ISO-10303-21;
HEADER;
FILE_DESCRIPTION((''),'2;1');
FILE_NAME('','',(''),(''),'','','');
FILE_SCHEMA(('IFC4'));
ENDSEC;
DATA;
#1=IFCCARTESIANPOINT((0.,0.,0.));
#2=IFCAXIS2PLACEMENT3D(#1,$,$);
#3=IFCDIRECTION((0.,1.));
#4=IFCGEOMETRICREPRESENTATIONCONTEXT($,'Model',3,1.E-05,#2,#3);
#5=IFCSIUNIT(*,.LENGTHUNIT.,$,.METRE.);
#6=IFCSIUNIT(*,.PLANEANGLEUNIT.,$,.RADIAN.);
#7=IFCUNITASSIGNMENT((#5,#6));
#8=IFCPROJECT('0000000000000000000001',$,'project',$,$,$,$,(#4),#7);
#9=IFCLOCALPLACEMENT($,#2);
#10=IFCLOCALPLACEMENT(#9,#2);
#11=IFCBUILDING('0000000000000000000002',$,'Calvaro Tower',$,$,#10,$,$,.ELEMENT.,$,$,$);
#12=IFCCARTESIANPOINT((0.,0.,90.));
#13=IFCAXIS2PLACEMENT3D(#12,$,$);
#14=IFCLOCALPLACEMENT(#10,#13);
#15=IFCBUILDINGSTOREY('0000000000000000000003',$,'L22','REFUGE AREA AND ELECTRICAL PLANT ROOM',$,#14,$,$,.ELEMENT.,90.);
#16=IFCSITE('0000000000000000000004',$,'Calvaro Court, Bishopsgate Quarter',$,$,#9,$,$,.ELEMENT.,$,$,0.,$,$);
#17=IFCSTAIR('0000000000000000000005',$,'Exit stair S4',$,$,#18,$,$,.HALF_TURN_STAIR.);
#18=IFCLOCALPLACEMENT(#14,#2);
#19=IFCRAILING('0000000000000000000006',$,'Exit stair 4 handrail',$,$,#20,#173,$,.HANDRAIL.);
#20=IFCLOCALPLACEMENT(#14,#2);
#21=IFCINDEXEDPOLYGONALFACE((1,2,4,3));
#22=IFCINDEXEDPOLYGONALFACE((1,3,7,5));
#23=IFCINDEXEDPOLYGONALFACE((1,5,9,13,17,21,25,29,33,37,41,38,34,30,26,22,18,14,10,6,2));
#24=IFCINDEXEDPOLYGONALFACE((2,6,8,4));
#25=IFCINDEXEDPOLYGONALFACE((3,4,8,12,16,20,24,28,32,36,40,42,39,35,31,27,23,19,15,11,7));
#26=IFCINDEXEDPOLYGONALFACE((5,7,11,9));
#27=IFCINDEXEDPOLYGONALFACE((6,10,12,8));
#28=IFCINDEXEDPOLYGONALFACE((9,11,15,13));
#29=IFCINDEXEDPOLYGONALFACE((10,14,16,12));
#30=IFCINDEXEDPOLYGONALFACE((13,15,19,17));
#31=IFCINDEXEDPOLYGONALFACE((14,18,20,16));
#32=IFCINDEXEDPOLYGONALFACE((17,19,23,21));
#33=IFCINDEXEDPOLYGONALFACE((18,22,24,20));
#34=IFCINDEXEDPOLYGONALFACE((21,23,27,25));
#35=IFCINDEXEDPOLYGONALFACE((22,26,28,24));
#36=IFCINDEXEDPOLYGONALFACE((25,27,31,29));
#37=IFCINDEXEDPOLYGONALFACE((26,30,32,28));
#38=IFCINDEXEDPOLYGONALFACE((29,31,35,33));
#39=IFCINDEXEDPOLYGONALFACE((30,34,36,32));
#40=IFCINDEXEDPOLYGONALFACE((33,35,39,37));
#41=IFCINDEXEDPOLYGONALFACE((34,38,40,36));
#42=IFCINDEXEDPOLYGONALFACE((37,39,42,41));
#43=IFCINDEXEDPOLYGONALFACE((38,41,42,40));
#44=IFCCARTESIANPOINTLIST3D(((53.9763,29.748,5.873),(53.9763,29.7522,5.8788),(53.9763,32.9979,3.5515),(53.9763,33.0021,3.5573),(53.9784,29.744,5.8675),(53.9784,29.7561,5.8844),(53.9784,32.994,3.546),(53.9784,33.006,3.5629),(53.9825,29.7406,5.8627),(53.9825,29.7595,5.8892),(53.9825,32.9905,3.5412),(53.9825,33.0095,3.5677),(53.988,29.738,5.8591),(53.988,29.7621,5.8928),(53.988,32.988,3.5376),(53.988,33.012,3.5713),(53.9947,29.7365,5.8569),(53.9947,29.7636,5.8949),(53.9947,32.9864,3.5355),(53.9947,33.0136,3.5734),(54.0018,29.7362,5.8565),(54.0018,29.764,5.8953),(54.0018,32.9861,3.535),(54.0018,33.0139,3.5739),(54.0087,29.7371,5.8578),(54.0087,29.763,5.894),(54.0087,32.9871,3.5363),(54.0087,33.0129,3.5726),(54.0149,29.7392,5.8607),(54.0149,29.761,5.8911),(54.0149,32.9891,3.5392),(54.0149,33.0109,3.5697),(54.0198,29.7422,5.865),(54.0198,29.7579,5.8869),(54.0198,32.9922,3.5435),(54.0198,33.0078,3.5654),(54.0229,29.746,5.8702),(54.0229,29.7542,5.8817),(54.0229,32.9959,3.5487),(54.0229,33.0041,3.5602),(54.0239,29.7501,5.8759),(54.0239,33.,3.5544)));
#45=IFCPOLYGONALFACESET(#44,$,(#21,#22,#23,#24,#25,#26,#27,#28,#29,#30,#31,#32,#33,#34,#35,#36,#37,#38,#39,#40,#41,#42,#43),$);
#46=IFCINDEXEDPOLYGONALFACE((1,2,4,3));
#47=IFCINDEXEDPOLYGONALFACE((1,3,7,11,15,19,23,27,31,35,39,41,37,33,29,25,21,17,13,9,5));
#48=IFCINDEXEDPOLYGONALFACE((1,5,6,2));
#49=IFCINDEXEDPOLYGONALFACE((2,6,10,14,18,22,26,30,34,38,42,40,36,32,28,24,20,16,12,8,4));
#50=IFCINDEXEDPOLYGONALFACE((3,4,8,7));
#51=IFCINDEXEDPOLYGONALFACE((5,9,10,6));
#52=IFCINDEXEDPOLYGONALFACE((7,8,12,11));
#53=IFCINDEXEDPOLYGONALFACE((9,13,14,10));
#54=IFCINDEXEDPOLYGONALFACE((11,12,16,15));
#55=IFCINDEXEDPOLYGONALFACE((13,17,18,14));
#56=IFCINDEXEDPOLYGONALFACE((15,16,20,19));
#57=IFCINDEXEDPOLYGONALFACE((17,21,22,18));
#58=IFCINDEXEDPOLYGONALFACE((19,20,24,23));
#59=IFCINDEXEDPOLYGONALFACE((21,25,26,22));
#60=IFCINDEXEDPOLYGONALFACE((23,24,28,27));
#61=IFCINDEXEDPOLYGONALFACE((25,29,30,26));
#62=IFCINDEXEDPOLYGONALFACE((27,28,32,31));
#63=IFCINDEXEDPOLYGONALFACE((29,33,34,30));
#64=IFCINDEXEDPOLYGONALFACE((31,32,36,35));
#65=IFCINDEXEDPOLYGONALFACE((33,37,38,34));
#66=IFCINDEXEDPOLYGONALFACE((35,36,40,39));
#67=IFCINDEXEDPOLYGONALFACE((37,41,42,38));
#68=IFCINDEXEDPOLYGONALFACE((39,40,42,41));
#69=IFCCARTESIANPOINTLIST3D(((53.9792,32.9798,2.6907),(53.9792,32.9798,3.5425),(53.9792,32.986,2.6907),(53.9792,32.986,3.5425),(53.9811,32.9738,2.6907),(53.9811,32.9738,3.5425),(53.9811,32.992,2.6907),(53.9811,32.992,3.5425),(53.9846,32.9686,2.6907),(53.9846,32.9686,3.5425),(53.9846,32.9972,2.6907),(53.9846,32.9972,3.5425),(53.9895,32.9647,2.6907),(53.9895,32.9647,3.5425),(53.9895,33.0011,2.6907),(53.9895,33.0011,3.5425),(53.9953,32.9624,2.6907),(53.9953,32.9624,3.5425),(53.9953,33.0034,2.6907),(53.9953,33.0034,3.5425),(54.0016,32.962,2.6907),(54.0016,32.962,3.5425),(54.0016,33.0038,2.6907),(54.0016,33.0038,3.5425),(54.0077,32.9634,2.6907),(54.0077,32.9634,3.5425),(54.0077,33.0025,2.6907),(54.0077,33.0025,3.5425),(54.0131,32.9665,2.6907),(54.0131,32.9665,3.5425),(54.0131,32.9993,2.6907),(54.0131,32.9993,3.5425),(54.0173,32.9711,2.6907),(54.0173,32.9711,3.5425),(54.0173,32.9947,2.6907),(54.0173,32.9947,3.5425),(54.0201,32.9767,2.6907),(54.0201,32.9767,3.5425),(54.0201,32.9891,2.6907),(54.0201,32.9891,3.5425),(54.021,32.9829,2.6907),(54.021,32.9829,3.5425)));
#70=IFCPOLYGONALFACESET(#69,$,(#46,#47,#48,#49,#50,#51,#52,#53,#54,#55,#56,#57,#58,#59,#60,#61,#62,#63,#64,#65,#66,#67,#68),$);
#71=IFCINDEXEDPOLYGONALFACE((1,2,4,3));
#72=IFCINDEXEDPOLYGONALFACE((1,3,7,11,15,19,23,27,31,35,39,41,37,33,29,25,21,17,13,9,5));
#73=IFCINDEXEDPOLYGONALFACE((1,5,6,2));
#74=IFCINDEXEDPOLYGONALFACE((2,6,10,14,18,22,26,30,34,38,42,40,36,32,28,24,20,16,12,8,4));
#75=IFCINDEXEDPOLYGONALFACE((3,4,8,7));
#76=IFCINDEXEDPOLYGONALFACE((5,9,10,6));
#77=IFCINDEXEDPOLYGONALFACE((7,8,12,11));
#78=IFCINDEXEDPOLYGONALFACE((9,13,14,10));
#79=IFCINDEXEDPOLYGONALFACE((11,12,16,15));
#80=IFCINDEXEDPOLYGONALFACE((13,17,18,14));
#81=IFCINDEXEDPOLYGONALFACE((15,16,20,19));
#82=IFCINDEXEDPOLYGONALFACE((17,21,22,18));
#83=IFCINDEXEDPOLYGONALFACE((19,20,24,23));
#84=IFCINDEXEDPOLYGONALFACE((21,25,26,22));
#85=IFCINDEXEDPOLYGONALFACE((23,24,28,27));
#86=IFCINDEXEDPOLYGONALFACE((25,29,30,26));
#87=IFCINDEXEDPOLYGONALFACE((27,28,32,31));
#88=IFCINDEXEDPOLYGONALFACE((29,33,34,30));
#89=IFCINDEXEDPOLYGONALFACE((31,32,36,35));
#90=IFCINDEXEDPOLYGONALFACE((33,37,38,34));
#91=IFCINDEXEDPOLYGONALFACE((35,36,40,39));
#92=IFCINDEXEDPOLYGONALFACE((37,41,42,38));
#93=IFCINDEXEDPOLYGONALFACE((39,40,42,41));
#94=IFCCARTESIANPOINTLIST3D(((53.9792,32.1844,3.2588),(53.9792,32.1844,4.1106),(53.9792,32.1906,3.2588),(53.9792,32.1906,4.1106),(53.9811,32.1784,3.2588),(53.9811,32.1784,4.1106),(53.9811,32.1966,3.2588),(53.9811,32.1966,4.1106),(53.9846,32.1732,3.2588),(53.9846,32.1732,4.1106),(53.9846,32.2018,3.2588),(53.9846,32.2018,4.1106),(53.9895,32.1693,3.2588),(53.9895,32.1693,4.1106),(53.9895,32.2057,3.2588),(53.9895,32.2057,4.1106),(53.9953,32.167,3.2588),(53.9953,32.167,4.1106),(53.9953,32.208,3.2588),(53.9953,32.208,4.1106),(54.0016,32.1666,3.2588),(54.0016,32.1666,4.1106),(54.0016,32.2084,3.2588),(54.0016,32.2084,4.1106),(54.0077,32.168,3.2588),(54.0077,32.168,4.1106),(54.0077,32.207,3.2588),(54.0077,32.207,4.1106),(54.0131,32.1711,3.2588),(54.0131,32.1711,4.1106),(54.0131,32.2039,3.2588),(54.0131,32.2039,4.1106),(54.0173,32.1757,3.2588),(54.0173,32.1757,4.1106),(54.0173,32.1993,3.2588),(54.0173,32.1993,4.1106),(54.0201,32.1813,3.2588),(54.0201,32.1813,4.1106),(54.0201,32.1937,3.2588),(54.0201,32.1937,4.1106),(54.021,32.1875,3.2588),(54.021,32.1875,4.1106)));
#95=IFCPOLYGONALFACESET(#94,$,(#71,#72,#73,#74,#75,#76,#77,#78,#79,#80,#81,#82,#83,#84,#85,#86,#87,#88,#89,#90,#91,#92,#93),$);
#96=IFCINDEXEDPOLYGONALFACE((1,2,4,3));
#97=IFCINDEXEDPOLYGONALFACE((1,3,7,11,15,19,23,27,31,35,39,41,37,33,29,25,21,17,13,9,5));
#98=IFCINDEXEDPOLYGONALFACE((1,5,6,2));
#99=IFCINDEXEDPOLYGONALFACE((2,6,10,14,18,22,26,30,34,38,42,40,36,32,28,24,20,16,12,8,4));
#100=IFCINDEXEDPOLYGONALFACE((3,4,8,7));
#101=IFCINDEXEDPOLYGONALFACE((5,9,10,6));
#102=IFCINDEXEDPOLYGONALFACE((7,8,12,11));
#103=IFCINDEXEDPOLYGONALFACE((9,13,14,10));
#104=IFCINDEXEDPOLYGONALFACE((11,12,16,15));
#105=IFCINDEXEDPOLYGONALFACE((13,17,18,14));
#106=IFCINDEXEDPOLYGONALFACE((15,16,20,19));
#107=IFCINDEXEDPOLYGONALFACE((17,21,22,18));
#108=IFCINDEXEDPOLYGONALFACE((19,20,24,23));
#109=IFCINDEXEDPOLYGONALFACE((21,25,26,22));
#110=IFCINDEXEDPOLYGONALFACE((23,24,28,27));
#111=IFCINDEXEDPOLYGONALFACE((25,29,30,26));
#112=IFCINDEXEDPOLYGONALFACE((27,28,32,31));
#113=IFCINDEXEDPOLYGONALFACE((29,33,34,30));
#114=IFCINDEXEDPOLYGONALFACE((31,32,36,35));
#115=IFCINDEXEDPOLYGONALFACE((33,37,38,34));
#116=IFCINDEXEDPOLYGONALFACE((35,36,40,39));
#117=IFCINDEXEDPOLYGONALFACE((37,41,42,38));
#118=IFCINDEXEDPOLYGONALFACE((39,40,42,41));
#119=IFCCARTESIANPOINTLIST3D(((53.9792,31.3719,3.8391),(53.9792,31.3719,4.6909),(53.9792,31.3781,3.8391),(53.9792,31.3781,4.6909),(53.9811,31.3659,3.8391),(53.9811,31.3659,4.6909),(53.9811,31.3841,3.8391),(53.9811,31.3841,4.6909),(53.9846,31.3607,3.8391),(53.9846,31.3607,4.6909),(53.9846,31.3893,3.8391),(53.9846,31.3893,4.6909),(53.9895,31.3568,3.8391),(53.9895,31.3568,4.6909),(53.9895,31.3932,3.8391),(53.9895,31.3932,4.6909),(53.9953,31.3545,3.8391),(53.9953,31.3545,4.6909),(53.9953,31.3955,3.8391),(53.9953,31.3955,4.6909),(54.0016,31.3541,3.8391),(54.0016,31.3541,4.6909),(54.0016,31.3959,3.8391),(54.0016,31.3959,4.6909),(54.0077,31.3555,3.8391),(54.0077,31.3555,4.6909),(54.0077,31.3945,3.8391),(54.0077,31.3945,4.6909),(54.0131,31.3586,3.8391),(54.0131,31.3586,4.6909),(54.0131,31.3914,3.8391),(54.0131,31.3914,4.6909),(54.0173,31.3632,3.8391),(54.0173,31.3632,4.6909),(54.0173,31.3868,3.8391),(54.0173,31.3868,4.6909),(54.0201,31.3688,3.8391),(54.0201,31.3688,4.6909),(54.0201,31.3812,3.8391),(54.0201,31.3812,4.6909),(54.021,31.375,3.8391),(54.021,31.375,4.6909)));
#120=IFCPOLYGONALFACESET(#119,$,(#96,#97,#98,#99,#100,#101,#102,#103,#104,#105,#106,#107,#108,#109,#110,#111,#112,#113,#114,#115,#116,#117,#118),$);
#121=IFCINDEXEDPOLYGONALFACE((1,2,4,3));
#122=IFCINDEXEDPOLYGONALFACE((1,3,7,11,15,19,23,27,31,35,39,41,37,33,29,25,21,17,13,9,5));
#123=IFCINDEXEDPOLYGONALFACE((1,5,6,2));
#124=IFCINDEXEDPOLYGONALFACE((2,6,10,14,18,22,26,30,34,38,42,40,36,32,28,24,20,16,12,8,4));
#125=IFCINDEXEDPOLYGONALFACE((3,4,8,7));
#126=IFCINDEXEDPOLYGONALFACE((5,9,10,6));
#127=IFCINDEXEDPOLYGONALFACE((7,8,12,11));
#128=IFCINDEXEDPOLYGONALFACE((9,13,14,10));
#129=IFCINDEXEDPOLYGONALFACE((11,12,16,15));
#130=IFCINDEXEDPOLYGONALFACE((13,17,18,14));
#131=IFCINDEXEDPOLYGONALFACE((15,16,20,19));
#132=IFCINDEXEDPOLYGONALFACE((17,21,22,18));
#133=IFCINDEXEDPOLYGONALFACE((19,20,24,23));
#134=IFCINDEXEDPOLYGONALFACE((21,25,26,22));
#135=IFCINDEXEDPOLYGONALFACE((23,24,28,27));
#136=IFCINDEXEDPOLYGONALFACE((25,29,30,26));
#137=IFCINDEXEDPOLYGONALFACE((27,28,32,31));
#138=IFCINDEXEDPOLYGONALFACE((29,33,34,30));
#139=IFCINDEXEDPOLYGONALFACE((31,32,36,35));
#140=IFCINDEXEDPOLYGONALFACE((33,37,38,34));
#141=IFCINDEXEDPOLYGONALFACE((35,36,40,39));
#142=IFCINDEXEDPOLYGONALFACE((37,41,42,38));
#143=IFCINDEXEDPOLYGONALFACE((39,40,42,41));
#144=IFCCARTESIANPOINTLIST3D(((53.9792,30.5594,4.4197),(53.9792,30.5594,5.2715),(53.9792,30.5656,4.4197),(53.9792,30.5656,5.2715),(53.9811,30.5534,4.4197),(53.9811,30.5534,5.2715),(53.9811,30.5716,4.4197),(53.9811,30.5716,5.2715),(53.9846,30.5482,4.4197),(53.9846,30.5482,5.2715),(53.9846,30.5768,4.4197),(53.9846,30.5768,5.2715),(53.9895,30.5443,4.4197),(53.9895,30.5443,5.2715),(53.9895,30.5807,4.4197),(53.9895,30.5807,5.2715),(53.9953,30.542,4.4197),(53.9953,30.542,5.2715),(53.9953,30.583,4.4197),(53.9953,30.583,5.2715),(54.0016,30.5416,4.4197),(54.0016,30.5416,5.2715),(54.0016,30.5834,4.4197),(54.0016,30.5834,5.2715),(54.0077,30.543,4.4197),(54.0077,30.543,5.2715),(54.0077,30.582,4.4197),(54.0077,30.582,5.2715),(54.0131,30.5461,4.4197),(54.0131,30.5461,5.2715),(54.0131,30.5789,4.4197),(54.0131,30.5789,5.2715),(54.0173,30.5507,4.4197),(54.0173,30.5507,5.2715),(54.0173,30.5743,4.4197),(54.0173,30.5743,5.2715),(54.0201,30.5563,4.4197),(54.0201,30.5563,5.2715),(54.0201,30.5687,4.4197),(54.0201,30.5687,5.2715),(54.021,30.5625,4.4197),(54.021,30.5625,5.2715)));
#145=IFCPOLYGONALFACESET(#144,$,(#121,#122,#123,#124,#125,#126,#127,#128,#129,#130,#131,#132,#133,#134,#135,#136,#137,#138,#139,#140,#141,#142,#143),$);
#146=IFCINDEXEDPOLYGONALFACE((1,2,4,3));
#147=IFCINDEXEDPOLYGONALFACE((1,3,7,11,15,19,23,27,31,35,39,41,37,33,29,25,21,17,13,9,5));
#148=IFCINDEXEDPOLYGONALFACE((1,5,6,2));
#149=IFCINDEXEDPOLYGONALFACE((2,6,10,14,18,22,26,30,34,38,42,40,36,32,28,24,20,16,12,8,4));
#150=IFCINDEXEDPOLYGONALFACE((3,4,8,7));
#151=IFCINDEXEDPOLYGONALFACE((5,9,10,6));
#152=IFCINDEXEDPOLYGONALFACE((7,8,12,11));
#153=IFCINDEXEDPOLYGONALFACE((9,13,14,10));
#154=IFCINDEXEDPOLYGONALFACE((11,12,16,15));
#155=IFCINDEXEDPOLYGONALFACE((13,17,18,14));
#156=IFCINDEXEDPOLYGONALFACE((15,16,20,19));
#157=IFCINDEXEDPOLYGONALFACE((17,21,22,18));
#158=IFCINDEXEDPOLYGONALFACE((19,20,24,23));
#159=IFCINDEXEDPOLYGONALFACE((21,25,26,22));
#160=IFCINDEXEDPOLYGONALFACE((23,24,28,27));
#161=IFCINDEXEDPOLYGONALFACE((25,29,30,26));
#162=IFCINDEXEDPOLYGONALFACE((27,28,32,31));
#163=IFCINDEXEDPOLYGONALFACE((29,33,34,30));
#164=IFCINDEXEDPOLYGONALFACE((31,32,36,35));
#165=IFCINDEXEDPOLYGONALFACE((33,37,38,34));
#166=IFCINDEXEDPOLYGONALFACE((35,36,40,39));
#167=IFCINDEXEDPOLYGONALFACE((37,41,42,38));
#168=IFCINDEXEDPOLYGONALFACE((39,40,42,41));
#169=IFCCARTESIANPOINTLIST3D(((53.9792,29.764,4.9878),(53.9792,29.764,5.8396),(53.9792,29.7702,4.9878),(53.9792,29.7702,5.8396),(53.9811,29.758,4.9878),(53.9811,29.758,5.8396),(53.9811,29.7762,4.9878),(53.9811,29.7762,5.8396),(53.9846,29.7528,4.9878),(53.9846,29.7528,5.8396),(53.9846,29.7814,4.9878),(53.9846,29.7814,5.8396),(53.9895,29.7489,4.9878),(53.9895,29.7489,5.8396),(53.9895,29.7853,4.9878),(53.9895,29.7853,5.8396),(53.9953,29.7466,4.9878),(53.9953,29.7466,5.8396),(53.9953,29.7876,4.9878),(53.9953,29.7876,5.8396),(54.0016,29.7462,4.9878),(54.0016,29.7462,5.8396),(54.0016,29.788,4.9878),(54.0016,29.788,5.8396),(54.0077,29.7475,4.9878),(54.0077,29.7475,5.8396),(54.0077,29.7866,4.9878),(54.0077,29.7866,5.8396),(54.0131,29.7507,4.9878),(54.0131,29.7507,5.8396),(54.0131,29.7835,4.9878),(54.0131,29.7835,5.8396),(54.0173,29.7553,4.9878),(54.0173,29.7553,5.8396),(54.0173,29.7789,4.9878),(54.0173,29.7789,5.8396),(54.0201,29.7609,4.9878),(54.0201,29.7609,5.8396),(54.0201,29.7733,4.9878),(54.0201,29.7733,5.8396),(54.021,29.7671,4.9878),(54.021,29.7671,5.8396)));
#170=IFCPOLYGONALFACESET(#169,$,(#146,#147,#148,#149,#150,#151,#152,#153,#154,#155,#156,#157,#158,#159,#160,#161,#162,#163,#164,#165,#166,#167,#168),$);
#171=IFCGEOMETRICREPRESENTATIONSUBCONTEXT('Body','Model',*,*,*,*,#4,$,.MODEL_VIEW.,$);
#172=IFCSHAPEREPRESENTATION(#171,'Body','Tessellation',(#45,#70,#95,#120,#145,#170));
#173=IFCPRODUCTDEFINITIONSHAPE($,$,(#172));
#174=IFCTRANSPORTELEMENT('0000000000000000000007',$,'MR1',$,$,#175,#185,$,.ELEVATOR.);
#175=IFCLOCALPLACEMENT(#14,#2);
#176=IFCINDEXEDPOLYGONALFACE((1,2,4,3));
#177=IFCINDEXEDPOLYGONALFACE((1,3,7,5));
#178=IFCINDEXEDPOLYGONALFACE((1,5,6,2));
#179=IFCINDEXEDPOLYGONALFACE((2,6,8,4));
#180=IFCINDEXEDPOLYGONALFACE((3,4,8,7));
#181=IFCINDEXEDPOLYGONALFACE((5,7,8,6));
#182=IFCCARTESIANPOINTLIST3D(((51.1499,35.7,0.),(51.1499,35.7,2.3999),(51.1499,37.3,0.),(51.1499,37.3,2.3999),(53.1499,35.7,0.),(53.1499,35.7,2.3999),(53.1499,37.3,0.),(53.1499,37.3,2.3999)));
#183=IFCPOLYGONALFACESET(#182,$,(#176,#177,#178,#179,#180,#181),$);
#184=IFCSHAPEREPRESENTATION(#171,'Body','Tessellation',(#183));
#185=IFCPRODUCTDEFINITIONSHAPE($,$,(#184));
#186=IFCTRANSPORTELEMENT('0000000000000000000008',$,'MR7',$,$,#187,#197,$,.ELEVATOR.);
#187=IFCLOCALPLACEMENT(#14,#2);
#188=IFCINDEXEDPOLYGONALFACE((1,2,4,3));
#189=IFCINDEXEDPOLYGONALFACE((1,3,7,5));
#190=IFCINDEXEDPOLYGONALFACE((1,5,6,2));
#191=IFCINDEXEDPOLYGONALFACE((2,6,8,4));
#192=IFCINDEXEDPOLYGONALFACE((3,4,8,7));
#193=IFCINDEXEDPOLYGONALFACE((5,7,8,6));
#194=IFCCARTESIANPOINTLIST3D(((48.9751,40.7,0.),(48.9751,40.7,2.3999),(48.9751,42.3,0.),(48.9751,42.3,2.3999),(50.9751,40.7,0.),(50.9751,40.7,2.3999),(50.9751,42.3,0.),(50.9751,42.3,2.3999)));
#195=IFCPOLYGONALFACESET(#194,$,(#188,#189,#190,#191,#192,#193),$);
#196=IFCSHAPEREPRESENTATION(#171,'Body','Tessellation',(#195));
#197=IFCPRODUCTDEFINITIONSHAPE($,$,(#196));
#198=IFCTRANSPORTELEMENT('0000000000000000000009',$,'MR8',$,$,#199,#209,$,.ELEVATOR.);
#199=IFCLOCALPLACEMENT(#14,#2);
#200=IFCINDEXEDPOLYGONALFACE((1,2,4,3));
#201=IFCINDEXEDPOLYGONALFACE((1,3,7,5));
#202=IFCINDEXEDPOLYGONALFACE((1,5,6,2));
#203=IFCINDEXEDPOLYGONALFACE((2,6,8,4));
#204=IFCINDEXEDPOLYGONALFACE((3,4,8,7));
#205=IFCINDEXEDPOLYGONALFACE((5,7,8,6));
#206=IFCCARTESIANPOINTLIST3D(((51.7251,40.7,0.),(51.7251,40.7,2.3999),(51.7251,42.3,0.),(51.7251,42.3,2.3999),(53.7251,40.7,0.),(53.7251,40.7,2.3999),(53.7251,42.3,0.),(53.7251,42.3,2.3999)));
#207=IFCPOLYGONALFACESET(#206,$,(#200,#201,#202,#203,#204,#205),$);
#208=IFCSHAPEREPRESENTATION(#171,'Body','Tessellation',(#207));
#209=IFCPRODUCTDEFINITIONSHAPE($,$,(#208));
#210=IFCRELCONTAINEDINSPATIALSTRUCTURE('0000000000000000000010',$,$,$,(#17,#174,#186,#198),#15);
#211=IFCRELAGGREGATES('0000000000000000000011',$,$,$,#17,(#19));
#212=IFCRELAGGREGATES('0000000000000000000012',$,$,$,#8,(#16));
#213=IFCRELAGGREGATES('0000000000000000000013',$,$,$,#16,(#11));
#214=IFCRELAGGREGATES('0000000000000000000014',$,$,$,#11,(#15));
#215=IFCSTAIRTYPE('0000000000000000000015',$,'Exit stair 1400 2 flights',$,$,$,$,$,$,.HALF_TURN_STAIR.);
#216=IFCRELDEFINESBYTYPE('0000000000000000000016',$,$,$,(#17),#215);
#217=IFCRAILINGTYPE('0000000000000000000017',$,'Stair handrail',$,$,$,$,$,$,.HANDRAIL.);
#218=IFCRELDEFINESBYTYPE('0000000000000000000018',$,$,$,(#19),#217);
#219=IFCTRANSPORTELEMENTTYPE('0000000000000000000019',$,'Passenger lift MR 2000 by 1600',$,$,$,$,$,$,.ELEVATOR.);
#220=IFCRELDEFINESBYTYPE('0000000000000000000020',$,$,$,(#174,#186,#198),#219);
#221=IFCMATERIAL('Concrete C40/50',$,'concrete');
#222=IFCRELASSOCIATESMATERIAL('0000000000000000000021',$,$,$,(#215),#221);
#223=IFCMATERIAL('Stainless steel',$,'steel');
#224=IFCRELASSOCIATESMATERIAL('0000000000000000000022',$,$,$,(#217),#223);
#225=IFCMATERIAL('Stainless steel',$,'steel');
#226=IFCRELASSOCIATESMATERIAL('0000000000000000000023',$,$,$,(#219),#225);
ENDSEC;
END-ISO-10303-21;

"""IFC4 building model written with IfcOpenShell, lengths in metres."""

from ifc_helpers import new_model, si_unit, direction, frame, origin, origin_2d, place, context, subcontext, project, spatial, rectangle, circle, extrude, material, type_object, element, aggregate, save


model = new_model("IFC4")

# Units and contexts
model_context = context("Model", 3, precision=1e-05, world=origin(), true_north=direction((0.0, 1.0)))
body_context = subcontext(model_context, "Body", "Model", "MODEL_VIEW")
ifc_project = project(units=[si_unit("LENGTHUNIT", "METRE"), si_unit("PLANEANGLEUNIT", "RADIAN")], contexts=[model_context])

# Site, building, storey
site_placement = place(None, origin())
site = spatial("IfcSite", under=ifc_project, at=site_placement, Name="Calvaro Court, Bishopsgate Quarter", CompositionType="ELEMENT", RefElevation=0.0)
building_placement = place(site_placement, origin())
building = spatial("IfcBuilding", under=site, at=building_placement, Name="Calvaro Tower", CompositionType="ELEMENT")
storey_placement = place(building_placement, frame((0.0, 0.0, 90.0)))
storey = spatial("IfcBuildingStorey", under=building, at=storey_placement, Name="L22", Description="REFUGE AREA AND ELECTRICAL PLANT ROOM", CompositionType="ELEMENT", Elevation=90.0)

# Stair
ifc_material_1 = material(Name="Concrete C40/50", Category="concrete")
stair_type = type_object("IfcStairType", Name="Exit stair 1400 2 flights", PredefinedType="HALF_TURN_STAIR", material=ifc_material_1)
stair_1_placement = place(storey_placement, origin())
stair_1 = element("IfcStair", 1, at=stair_1_placement, inside=storey, type_object=stair_type, Name="Exit stair S4", PredefinedType="HALF_TURN_STAIR")

# Shared definitions
ifc_material_2 = material(Name="Stainless steel", Category="steel")
railing_type = type_object("IfcRailingType", Name="Stair handrail", PredefinedType="HANDRAIL", material=ifc_material_2)

# Railing
railing_1_placement = place(storey_placement, frame((54.0, 33.0, 2.6785)))
railing_1 = element("IfcRailing", 2, at=railing_1_placement, type_object=railing_type, Name="Exit stair 4 handrail", PredefinedType="HANDRAIL", context=body_context, shape_type="SweptSolid", body=[
    extrude(circle(Radius=0.0239, at=origin_2d()), frame((0.0, 0.0, 0.876), z_axis=(0.0, -0.813721, 0.581256), x_axis=(1.0, 0.0, 0.0)), (0.0, 0.0, 1.0), 3.9939),
    extrude(circle(Radius=0.021, at=origin_2d()), frame((0.0, -0.0171, 0.0122)), (0.0, 0.0, 1.0), 0.8518),
    extrude(circle(Radius=0.021, at=origin_2d()), frame((0.0, -0.8125, 0.5803)), (0.0, 0.0, 1.0), 0.8518),
    extrude(circle(Radius=0.021, at=origin_2d()), frame((0.0, -1.625, 1.1606)), (0.0, 0.0, 1.0), 0.8518),
    extrude(circle(Radius=0.021, at=origin_2d()), frame((0.0, -2.4375, 1.7412)), (0.0, 0.0, 1.0), 0.8518),
    extrude(circle(Radius=0.021, at=origin_2d()), frame((0.0, -3.2329, 2.3093)), (0.0, 0.0, 1.0), 0.8518),
])
aggregate(stair_1, [railing_1])

# Transport elements
ifc_material_3 = material(Name="Stainless steel", Category="steel")
transport_element_type = type_object("IfcTransportElementType", Name="Passenger lift MR 2000 by 1600", PredefinedType="ELEVATOR", material=ifc_material_3)
for number, where, z_axis, x_axis, name in (
    (3, (52.1499, 36.5, 0.0), (0.0, 0.0, 1.0), (1.0, 0.0, 0.0), "MR1"),
    (4, (49.9751, 41.5, 0.0), (0.0, 0.0, 1.0), (1.0, 0.0, 0.0), "MR7"),
    (5, (52.7251, 41.5, 0.0), (0.0, 0.0, 1.0), (1.0, 0.0, 0.0), "MR8"),
):
    element("IfcTransportElement", number, at=place(storey_placement, frame(where, z_axis=z_axis, x_axis=x_axis)), inside=storey, type_object=transport_element_type, Name=name, PredefinedType="ELEVATOR", context=body_context, shape_type="SweptSolid", body=[
        extrude(rectangle(XDim=2.0, YDim=1.6001, at=origin_2d()), origin(), (0.0, 0.0, 1.0), 2.3999),
    ])

save(model, "model.ifc")
